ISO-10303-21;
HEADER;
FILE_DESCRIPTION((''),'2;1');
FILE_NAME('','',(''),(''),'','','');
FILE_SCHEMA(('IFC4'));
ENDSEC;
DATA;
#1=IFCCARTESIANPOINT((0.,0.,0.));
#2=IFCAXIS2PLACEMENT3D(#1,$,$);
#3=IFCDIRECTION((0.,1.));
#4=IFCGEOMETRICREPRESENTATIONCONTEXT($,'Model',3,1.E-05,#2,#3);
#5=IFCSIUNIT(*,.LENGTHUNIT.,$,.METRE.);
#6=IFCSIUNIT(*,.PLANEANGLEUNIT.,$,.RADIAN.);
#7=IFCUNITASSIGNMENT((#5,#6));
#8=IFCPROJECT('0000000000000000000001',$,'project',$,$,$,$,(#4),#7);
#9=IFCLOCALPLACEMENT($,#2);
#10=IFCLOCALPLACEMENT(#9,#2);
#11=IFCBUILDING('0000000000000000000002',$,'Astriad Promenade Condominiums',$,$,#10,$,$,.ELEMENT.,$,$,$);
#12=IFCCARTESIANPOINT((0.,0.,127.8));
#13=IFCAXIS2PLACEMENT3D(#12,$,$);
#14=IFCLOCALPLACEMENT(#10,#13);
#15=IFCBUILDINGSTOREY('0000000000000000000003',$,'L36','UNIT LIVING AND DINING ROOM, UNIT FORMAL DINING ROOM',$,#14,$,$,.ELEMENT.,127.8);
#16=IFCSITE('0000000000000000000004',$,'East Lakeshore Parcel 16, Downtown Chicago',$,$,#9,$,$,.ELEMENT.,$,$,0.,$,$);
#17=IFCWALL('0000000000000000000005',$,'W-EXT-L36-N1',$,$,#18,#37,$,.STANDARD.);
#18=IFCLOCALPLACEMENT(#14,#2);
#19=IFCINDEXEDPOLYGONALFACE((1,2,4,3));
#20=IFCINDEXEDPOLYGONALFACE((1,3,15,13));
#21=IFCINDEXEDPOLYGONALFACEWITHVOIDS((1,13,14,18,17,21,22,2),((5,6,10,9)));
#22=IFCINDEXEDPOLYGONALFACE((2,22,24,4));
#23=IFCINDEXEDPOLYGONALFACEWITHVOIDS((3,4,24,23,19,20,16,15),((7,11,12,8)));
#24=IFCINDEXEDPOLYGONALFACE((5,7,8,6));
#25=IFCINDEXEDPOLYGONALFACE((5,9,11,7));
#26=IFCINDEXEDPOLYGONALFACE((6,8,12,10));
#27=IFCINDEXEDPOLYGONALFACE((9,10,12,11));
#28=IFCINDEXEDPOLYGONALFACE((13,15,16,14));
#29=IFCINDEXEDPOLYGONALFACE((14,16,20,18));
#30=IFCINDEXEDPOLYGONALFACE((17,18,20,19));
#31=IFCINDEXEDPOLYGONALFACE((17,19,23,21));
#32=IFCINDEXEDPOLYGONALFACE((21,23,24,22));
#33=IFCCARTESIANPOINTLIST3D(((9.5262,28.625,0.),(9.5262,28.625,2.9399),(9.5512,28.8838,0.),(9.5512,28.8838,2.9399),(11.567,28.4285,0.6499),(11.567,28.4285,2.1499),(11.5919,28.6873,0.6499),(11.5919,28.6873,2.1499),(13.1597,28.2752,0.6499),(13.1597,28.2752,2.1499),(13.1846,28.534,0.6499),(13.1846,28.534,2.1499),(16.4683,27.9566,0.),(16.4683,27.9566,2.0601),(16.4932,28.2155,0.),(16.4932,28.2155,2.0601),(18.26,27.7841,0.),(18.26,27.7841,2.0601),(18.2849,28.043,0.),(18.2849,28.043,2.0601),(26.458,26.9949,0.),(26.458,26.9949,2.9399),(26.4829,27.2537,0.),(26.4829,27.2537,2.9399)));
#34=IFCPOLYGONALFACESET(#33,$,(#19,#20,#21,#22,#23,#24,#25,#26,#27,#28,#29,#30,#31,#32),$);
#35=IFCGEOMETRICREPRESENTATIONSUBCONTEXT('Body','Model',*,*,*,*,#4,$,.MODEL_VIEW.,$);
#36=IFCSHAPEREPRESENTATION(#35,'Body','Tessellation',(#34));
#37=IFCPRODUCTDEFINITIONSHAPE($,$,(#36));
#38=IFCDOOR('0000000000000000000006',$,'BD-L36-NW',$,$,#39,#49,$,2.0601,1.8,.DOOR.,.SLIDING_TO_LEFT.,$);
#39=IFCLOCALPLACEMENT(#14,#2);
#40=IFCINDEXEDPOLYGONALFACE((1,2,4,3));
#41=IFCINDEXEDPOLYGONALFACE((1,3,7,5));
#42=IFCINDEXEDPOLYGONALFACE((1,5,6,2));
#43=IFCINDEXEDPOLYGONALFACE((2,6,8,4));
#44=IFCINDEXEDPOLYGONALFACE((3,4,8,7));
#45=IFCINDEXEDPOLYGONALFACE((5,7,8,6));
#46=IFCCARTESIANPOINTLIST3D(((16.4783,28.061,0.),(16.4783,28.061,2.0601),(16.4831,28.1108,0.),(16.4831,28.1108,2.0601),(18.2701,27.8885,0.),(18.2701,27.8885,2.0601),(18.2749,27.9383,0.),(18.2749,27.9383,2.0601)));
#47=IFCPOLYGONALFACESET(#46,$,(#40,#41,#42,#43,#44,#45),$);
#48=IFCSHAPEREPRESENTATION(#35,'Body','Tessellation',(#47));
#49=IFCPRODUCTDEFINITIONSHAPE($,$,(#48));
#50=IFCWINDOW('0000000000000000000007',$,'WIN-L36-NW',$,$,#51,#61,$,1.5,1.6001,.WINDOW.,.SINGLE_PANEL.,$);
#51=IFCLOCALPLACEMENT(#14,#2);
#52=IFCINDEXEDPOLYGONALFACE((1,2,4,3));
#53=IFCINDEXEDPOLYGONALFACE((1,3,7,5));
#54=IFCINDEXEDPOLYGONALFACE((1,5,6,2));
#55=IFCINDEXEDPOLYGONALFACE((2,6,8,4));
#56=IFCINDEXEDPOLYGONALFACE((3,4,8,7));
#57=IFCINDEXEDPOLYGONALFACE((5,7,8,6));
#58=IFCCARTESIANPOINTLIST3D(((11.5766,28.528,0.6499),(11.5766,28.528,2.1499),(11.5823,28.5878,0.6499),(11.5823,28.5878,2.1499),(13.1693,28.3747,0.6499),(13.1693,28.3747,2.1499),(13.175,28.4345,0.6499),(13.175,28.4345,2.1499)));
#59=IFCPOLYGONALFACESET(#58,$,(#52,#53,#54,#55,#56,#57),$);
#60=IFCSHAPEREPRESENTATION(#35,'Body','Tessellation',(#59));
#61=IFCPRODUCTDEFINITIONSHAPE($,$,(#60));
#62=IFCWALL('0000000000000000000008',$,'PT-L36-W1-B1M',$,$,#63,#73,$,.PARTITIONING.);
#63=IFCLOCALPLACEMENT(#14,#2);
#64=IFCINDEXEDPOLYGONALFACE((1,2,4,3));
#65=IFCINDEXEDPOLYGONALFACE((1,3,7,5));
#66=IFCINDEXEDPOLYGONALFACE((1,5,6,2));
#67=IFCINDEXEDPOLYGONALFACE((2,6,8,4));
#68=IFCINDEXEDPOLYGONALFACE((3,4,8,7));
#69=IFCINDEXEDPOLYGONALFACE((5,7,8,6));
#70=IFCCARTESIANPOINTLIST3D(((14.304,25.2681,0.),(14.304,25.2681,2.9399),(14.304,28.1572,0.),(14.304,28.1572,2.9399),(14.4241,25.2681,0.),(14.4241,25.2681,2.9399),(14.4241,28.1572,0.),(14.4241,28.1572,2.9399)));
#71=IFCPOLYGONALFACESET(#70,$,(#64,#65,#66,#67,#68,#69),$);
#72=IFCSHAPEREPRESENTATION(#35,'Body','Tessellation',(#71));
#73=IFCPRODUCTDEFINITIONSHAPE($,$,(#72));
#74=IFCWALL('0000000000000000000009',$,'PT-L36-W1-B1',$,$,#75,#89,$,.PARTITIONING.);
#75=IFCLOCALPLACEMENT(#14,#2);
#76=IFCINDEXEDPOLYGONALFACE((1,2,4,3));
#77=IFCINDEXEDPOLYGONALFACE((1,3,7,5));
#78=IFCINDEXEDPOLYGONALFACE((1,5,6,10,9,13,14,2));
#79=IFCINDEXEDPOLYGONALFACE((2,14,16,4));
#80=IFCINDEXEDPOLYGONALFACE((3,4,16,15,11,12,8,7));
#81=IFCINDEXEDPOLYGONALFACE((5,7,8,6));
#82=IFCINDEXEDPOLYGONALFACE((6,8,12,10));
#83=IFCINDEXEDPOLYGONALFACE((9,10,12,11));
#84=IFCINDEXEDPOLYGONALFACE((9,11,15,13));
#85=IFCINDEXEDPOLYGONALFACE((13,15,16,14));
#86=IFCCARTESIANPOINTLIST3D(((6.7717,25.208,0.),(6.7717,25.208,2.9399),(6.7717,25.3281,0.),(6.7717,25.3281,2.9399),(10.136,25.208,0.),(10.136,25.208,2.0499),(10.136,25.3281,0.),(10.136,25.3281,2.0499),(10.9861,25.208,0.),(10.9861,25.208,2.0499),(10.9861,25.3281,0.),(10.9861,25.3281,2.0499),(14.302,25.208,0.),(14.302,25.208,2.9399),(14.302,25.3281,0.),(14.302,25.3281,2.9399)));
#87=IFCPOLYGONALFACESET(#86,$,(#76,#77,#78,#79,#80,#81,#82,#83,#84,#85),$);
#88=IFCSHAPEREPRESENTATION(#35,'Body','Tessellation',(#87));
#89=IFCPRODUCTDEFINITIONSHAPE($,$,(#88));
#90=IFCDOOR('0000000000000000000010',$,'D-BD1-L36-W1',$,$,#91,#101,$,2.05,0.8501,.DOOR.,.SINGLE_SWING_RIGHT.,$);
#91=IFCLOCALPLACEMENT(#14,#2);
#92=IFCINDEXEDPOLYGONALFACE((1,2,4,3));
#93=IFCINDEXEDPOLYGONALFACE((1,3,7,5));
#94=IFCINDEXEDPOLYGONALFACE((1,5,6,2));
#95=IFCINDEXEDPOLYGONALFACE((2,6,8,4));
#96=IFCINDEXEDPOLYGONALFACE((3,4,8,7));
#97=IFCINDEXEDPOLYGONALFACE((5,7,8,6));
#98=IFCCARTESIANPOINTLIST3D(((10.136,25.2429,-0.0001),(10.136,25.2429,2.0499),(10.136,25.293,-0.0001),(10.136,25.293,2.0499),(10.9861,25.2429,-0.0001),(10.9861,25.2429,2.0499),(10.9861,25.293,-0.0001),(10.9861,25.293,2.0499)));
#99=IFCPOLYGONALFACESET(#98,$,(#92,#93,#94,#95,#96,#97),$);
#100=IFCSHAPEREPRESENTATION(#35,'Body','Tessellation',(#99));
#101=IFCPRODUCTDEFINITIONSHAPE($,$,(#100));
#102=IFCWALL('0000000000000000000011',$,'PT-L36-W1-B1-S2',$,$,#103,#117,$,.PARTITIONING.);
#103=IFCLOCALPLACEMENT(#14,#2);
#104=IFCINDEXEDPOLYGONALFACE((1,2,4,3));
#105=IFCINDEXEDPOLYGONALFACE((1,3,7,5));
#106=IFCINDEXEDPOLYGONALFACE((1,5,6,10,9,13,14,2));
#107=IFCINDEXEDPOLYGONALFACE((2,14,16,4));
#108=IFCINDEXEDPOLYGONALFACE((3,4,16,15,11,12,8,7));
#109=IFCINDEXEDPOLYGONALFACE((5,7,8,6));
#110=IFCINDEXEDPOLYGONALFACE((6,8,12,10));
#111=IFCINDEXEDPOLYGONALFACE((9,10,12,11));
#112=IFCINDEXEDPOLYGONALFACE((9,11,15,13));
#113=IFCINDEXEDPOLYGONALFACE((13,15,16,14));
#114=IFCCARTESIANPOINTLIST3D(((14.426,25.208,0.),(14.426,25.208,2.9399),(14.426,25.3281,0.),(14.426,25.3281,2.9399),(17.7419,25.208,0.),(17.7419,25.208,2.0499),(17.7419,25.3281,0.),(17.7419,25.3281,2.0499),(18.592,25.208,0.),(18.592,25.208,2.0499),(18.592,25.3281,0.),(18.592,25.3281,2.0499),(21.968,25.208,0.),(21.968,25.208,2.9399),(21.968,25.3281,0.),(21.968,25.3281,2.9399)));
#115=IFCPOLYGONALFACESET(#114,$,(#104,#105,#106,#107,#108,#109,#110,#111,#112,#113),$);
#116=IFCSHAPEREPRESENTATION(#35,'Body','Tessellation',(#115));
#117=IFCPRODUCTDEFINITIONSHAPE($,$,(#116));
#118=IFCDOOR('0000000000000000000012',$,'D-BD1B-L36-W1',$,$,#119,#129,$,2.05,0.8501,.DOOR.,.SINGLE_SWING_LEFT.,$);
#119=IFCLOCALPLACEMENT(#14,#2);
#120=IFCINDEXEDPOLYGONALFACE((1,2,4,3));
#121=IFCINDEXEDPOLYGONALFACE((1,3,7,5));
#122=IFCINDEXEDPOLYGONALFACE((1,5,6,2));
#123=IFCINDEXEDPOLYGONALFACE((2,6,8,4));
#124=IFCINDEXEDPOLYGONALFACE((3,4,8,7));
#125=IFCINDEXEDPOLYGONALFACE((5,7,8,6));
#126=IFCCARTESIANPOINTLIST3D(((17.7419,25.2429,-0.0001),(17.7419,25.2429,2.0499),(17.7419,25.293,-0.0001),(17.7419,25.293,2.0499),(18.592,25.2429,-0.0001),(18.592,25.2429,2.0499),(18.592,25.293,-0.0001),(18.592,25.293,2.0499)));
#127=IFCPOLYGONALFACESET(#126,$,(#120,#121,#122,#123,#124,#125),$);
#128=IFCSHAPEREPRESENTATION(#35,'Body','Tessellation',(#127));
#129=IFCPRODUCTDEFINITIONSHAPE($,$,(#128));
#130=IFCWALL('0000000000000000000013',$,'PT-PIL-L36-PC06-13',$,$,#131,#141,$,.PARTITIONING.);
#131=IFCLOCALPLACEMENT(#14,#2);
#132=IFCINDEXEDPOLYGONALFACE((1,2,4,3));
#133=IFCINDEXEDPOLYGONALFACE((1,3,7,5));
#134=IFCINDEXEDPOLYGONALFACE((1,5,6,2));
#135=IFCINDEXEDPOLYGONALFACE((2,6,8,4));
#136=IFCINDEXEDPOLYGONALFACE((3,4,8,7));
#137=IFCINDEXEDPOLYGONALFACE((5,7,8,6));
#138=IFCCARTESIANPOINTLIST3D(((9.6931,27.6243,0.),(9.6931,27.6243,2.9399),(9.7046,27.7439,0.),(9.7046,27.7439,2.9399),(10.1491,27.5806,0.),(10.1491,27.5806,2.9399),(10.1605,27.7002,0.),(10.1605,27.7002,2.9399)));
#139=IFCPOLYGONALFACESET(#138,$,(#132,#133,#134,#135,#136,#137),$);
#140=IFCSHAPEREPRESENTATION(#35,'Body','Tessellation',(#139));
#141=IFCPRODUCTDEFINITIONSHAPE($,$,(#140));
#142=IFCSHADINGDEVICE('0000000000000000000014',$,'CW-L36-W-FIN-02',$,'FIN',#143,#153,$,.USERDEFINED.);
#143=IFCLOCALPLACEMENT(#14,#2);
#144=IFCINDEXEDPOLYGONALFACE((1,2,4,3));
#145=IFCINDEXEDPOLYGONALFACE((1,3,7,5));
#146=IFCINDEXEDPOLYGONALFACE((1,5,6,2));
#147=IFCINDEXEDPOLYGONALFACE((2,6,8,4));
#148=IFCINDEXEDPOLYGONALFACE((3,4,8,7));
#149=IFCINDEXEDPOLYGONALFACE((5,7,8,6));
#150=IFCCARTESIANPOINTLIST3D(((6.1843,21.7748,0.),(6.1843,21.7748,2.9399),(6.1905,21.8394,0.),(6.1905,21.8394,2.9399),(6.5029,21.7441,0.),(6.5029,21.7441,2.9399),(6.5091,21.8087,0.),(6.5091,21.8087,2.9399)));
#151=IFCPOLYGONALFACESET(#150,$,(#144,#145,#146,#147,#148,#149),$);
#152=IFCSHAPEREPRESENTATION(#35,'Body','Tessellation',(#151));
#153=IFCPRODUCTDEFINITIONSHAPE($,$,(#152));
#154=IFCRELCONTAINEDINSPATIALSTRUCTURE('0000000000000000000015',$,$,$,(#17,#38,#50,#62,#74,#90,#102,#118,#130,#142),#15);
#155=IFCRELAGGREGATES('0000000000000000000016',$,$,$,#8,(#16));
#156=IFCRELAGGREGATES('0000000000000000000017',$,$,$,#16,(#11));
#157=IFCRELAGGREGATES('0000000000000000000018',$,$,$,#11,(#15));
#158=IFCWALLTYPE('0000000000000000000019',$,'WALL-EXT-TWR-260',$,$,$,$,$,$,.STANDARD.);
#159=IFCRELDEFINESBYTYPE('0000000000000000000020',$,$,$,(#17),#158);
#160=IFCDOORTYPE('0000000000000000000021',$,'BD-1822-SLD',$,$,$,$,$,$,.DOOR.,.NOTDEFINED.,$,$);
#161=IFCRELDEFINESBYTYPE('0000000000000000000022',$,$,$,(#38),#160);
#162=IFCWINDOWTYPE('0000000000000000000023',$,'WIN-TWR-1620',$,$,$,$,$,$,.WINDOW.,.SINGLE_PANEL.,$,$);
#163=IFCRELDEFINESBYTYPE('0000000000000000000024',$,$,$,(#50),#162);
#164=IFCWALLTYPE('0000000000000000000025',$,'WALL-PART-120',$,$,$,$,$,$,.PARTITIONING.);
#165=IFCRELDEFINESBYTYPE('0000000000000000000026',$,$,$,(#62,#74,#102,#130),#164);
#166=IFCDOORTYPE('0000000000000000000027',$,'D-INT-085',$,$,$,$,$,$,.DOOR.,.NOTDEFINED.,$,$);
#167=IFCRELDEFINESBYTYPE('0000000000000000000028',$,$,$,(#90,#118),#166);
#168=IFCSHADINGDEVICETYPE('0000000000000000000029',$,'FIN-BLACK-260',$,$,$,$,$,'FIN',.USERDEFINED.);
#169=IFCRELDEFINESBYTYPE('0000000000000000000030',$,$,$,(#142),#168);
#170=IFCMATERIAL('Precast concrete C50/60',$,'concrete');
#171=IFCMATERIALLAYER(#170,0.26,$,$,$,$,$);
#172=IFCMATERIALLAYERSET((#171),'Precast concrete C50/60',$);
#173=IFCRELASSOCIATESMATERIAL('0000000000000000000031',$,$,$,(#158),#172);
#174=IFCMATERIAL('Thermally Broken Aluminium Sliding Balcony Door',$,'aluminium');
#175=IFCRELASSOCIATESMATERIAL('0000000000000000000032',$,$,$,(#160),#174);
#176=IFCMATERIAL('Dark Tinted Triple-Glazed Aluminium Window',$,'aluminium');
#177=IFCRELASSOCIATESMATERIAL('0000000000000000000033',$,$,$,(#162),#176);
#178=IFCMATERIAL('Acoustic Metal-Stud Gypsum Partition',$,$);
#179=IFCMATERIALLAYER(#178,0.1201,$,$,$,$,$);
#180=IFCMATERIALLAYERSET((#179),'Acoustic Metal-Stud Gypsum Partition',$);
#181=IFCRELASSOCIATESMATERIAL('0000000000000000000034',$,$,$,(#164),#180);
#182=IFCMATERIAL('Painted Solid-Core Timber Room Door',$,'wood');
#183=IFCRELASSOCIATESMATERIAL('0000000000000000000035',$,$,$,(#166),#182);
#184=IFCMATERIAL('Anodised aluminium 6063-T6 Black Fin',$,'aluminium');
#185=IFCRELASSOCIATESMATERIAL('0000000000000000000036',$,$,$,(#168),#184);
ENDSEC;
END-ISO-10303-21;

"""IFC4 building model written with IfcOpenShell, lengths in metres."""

from ifc_helpers import new_model, si_unit, direction, frame, frame_2d, origin, origin_2d, place, context, subcontext, project, spatial, rectangle, extrude, source, transform, mapped, material, layer, layer_set, type_object, type_shapes, element, fill, save


model = new_model("IFC4")

# Units and contexts
model_context = context("Model", 3, precision=1e-05, world=origin(), true_north=direction((0.0, 1.0)))
body_context = subcontext(model_context, "Body", "Model", "MODEL_VIEW")
ifc_project = project(units=[si_unit("LENGTHUNIT", "METRE"), si_unit("PLANEANGLEUNIT", "RADIAN")], contexts=[model_context])

# Site, building, storey
site_placement = place(None, origin())
site = spatial("IfcSite", under=ifc_project, at=site_placement, Name="East Lakeshore Parcel 16, Downtown Chicago", CompositionType="ELEMENT", RefElevation=0.0)
building_placement = place(site_placement, origin())
building = spatial("IfcBuilding", under=site, at=building_placement, Name="Astriad Promenade Condominiums", CompositionType="ELEMENT")
storey_placement = place(building_placement, frame((0.0, 0.0, 127.8)))
storey = spatial("IfcBuildingStorey", under=building, at=storey_placement, Name="L36", Description="UNIT LIVING AND DINING ROOM, UNIT FORMAL DINING ROOM", CompositionType="ELEMENT", Elevation=127.8)

# Shared definitions
ifc_material_1 = material(Name="Precast concrete C50/60", Category="concrete")
ifc_layer_1 = layer(ifc_material_1, 0.26)
ifc_layer_set_1 = layer_set([ifc_layer_1], Name="Precast concrete C50/60")
wall_type_1 = type_object("IfcWallType", Name="WALL-EXT-TWR-260", PredefinedType="STANDARD", material=ifc_layer_set_1)

# Wall, openings, door, window
wall_1_placement = place(storey_placement, frame((9.5388, 28.7544, 0.0), z_axis=(0.0, 0.0, 1.0), x_axis=(0.995397, -0.095834, 0.0)))
wall_1 = element("IfcWall", 1, at=wall_1_placement, inside=storey, type_object=wall_type_1, Name="W-EXT-L36-N1", PredefinedType="STANDARD", context=body_context, shape_type="SweptSolid", body=[
    extrude(rectangle(XDim=17.01, YDim=0.26, at=frame_2d((8.5049, 0.0))), origin(), (0.0, 0.0, 1.0), 2.9399),
])
opening_1_placement = place(wall_1_placement, frame((6.9741, 0.0, 0.0)))
opening_1 = element("IfcOpeningElement", 2, at=opening_1_placement, cuts=wall_1, PredefinedType="OPENING", context=body_context, shape_type="SweptSolid", body=[
    extrude(rectangle(XDim=1.8, YDim=2.0601, at=frame_2d((0.8999, 1.03))), frame((0.0, 0.1399, 0.0), z_axis=(0.0, -1.0, 0.0), x_axis=(1.0, 0.0, 0.0)), (0.0, 0.0, 1.0), 0.28),
])
opening_2_placement = place(wall_1_placement, frame((2.05, 0.0, 0.6499)))
opening_2 = element("IfcOpeningElement", 3, at=opening_2_placement, cuts=wall_1, PredefinedType="OPENING", context=body_context, shape_type="SweptSolid", body=[
    extrude(rectangle(XDim=1.6001, YDim=1.5, at=frame_2d((0.8, 0.75))), frame((0.0, 0.1399, 0.0), z_axis=(0.0, -1.0, 0.0), x_axis=(1.0, 0.0, 0.0)), (0.0, 0.0, 1.0), 0.28),
])
ifc_material_2 = material(Name="Thermally Broken Aluminium Sliding Balcony Door", Category="aluminium")
door_type_1 = type_object("IfcDoorType", Name="BD-1822-SLD", OperationType="NOTDEFINED", PredefinedType="DOOR", material=ifc_material_2)
shared_shape_1 = source(origin(), body_context, "Body", "SweptSolid", [
    extrude(rectangle(XDim=1.8, YDim=2.0601, at=frame_2d((0.8999, 1.03))), frame((0.0, 0.0249, 0.0), z_axis=(0.0, -1.0, 0.0), x_axis=(1.0, 0.0, 0.0)), (0.0, 0.0, 1.0), 0.05),
])
type_shapes(door_type_1, [shared_shape_1])
door_1_placement = place(opening_1_placement, origin())
door_1 = element("IfcDoor", 4, at=door_1_placement, inside=storey, type_object=door_type_1, Name="BD-L36-NW", OperationType="SLIDING_TO_LEFT", OverallHeight=2.0601, OverallWidth=1.8, PredefinedType="DOOR", context=body_context, shape_type="MappedRepresentation", body=[
    mapped(shared_shape_1, transform((0.0, 0.0, 0.0), scale=1.0)),
])
fill(opening_1, door_1)
ifc_material_3 = material(Name="Dark Tinted Triple-Glazed Aluminium Window", Category="aluminium")
window_type = type_object("IfcWindowType", Name="WIN-TWR-1620", PartitioningType="SINGLE_PANEL", PredefinedType="WINDOW", material=ifc_material_3)
shared_shape_2 = source(origin(), body_context, "Body", "SweptSolid", [
    extrude(rectangle(XDim=1.6001, YDim=1.5, at=frame_2d((0.8, 0.75))), frame((0.0, 0.03, 0.0), z_axis=(0.0, -1.0, 0.0), x_axis=(1.0, 0.0, 0.0)), (0.0, 0.0, 1.0), 0.0601),
])
type_shapes(window_type, [shared_shape_2])
window_placement = place(opening_2_placement, origin())
window = element("IfcWindow", 5, at=window_placement, inside=storey, type_object=window_type, Name="WIN-L36-NW", OverallHeight=1.5, OverallWidth=1.6001, PartitioningType="SINGLE_PANEL", PredefinedType="WINDOW", context=body_context, shape_type="MappedRepresentation", body=[
    mapped(shared_shape_2, transform((0.0, 0.0, 0.0), scale=1.0)),
])
fill(opening_2, window)

# Wall
ifc_material_4 = material(Name="Acoustic Metal-Stud Gypsum Partition")
ifc_layer_2 = layer(ifc_material_4, 0.1201)
ifc_layer_set_2 = layer_set([ifc_layer_2], Name="Acoustic Metal-Stud Gypsum Partition")
wall_type_2 = type_object("IfcWallType", Name="WALL-PART-120", PredefinedType="PARTITIONING", material=ifc_layer_set_2)
wall_2_placement = place(storey_placement, frame((14.364, 25.2681, 0.0), z_axis=(0.0, 0.0, 1.0), x_axis=(0.0, 1.0, 0.0)))
element("IfcWall", 6, at=wall_2_placement, inside=storey, type_object=wall_type_2, Name="PT-L36-W1-B1M", PredefinedType="PARTITIONING", context=body_context, shape_type="SweptSolid", body=[
    extrude(rectangle(XDim=2.8892, YDim=0.1201, at=frame_2d((1.4446, 0.0))), origin(), (0.0, 0.0, 1.0), 2.9399),
])

# Walls, openings, doors
wall_3_placement = place(storey_placement, frame((6.7717, 25.2681, 0.0), z_axis=(0.0, 0.0, 1.0), x_axis=(1.0, 0.0, 0.0)))
wall_3 = element("IfcWall", 7, at=wall_3_placement, inside=storey, type_object=wall_type_2, Name="PT-L36-W1-B1", PredefinedType="PARTITIONING", context=body_context, shape_type="SweptSolid", body=[
    extrude(rectangle(XDim=7.5303, YDim=0.1201, at=frame_2d((3.7651, 0.0))), origin(), (0.0, 0.0, 1.0), 2.9399),
])
opening_3_placement = place(wall_3_placement, frame((3.3643, 0.0, 0.0)))
opening_3 = element("IfcOpeningElement", 8, at=opening_3_placement, cuts=wall_3, PredefinedType="OPENING", context=body_context, shape_type="SweptSolid", body=[
    extrude(rectangle(XDim=0.8501, YDim=2.05, at=frame_2d((0.425, 1.0249))), frame((0.0, 0.0701, 0.0), z_axis=(0.0, -1.0, 0.0), x_axis=(1.0, 0.0, 0.0)), (0.0, 0.0, 1.0), 0.1401),
])
ifc_material_5 = material(Name="Painted Solid-Core Timber Room Door", Category="wood")
door_type_2 = type_object("IfcDoorType", Name="D-INT-085", OperationType="NOTDEFINED", PredefinedType="DOOR", material=ifc_material_5)
shared_shape_3 = source(origin(), body_context, "Body", "SweptSolid", [
    extrude(rectangle(XDim=0.8501, YDim=2.05, at=frame_2d((0.425, 1.0249))), frame((0.0, 0.0249, 0.0), z_axis=(0.0, -1.0, 0.0), x_axis=(1.0, 0.0, 0.0)), (0.0, 0.0, 1.0), 0.05),
])
type_shapes(door_type_2, [shared_shape_3])
door_2_placement = place(opening_3_placement, origin())
door_2 = element("IfcDoor", 9, at=door_2_placement, inside=storey, type_object=door_type_2, Name="D-BD1-L36-W1", OperationType="SINGLE_SWING_RIGHT", OverallHeight=2.05, OverallWidth=0.8501, PredefinedType="DOOR", context=body_context, shape_type="MappedRepresentation", body=[
    mapped(shared_shape_3, transform((0.0, 0.0, 0.0), scale=1.0)),
])
fill(opening_3, door_2)
wall_4_placement = place(storey_placement, frame((14.426, 25.2681, 0.0), z_axis=(0.0, 0.0, 1.0), x_axis=(1.0, 0.0, 0.0)))
wall_4 = element("IfcWall", 10, at=wall_4_placement, inside=storey, type_object=wall_type_2, Name="PT-L36-W1-B1-S2", PredefinedType="PARTITIONING", context=body_context, shape_type="SweptSolid", body=[
    extrude(rectangle(XDim=7.542, YDim=0.1201, at=frame_2d((3.771, 0.0))), origin(), (0.0, 0.0, 1.0), 2.9399),
])
opening_4_placement = place(wall_4_placement, frame((3.3159, 0.0, 0.0)))
opening_4 = element("IfcOpeningElement", 11, at=opening_4_placement, cuts=wall_4, PredefinedType="OPENING", context=body_context, shape_type="SweptSolid", body=[
    extrude(rectangle(XDim=0.8501, YDim=2.05, at=frame_2d((0.425, 1.0249))), frame((0.0, 0.0701, 0.0), z_axis=(0.0, -1.0, 0.0), x_axis=(1.0, 0.0, 0.0)), (0.0, 0.0, 1.0), 0.1401),
])
door_3_placement = place(opening_4_placement, origin())
door_3 = element("IfcDoor", 12, at=door_3_placement, inside=storey, type_object=door_type_2, Name="D-BD1B-L36-W1", OperationType="SINGLE_SWING_LEFT", OverallHeight=2.05, OverallWidth=0.8501, PredefinedType="DOOR", context=body_context, shape_type="MappedRepresentation", body=[
    mapped(shared_shape_3, transform((0.0, 0.0, 0.0), scale=1.0)),
])
fill(opening_4, door_3)

# Wall
wall_5_placement = place(storey_placement, frame((10.1548, 27.6404, 0.0), z_axis=(0.0, 0.0, 1.0), x_axis=(-0.995435, 0.095438, 0.0)))
element("IfcWall", 13, at=wall_5_placement, inside=storey, type_object=wall_type_2, Name="PT-PIL-L36-PC06-13", PredefinedType="PARTITIONING", context=body_context, shape_type="SweptSolid", body=[
    extrude(rectangle(XDim=0.458, YDim=0.1201, at=frame_2d((0.229, 0.0))), origin(), (0.0, 0.0, 1.0), 2.9399),
])

# Shading device
ifc_material_6 = material(Name="Anodised aluminium 6063-T6 Black Fin", Category="aluminium")
shading_device_type = type_object("IfcShadingDeviceType", Name="FIN-BLACK-260", ElementType="FIN", PredefinedType="USERDEFINED", material=ifc_material_6)
shared_shape_4 = source(origin(), body_context, "Body", "SweptSolid", [
    extrude(rectangle(XDim=0.0649, YDim=0.3201, at=origin_2d()), origin(), (0.0, 0.0, 1.0), 2.9399),
])
type_shapes(shading_device_type, [shared_shape_4])
shading_device_placement = place(storey_placement, frame((6.3467, 21.7917, 0.0), z_axis=(0.0, 0.0, 1.0), x_axis=(0.095846, 0.995396, 0.0)))
element("IfcShadingDevice", 14, at=shading_device_placement, inside=storey, type_object=shading_device_type, Name="CW-L36-W-FIN-02", ObjectType="FIN", PredefinedType="USERDEFINED", context=body_context, shape_type="MappedRepresentation", body=[
    mapped(shared_shape_4, transform((0.0, 0.0, 0.0), scale=1.0)),
])

save(model, "model.ifc")
